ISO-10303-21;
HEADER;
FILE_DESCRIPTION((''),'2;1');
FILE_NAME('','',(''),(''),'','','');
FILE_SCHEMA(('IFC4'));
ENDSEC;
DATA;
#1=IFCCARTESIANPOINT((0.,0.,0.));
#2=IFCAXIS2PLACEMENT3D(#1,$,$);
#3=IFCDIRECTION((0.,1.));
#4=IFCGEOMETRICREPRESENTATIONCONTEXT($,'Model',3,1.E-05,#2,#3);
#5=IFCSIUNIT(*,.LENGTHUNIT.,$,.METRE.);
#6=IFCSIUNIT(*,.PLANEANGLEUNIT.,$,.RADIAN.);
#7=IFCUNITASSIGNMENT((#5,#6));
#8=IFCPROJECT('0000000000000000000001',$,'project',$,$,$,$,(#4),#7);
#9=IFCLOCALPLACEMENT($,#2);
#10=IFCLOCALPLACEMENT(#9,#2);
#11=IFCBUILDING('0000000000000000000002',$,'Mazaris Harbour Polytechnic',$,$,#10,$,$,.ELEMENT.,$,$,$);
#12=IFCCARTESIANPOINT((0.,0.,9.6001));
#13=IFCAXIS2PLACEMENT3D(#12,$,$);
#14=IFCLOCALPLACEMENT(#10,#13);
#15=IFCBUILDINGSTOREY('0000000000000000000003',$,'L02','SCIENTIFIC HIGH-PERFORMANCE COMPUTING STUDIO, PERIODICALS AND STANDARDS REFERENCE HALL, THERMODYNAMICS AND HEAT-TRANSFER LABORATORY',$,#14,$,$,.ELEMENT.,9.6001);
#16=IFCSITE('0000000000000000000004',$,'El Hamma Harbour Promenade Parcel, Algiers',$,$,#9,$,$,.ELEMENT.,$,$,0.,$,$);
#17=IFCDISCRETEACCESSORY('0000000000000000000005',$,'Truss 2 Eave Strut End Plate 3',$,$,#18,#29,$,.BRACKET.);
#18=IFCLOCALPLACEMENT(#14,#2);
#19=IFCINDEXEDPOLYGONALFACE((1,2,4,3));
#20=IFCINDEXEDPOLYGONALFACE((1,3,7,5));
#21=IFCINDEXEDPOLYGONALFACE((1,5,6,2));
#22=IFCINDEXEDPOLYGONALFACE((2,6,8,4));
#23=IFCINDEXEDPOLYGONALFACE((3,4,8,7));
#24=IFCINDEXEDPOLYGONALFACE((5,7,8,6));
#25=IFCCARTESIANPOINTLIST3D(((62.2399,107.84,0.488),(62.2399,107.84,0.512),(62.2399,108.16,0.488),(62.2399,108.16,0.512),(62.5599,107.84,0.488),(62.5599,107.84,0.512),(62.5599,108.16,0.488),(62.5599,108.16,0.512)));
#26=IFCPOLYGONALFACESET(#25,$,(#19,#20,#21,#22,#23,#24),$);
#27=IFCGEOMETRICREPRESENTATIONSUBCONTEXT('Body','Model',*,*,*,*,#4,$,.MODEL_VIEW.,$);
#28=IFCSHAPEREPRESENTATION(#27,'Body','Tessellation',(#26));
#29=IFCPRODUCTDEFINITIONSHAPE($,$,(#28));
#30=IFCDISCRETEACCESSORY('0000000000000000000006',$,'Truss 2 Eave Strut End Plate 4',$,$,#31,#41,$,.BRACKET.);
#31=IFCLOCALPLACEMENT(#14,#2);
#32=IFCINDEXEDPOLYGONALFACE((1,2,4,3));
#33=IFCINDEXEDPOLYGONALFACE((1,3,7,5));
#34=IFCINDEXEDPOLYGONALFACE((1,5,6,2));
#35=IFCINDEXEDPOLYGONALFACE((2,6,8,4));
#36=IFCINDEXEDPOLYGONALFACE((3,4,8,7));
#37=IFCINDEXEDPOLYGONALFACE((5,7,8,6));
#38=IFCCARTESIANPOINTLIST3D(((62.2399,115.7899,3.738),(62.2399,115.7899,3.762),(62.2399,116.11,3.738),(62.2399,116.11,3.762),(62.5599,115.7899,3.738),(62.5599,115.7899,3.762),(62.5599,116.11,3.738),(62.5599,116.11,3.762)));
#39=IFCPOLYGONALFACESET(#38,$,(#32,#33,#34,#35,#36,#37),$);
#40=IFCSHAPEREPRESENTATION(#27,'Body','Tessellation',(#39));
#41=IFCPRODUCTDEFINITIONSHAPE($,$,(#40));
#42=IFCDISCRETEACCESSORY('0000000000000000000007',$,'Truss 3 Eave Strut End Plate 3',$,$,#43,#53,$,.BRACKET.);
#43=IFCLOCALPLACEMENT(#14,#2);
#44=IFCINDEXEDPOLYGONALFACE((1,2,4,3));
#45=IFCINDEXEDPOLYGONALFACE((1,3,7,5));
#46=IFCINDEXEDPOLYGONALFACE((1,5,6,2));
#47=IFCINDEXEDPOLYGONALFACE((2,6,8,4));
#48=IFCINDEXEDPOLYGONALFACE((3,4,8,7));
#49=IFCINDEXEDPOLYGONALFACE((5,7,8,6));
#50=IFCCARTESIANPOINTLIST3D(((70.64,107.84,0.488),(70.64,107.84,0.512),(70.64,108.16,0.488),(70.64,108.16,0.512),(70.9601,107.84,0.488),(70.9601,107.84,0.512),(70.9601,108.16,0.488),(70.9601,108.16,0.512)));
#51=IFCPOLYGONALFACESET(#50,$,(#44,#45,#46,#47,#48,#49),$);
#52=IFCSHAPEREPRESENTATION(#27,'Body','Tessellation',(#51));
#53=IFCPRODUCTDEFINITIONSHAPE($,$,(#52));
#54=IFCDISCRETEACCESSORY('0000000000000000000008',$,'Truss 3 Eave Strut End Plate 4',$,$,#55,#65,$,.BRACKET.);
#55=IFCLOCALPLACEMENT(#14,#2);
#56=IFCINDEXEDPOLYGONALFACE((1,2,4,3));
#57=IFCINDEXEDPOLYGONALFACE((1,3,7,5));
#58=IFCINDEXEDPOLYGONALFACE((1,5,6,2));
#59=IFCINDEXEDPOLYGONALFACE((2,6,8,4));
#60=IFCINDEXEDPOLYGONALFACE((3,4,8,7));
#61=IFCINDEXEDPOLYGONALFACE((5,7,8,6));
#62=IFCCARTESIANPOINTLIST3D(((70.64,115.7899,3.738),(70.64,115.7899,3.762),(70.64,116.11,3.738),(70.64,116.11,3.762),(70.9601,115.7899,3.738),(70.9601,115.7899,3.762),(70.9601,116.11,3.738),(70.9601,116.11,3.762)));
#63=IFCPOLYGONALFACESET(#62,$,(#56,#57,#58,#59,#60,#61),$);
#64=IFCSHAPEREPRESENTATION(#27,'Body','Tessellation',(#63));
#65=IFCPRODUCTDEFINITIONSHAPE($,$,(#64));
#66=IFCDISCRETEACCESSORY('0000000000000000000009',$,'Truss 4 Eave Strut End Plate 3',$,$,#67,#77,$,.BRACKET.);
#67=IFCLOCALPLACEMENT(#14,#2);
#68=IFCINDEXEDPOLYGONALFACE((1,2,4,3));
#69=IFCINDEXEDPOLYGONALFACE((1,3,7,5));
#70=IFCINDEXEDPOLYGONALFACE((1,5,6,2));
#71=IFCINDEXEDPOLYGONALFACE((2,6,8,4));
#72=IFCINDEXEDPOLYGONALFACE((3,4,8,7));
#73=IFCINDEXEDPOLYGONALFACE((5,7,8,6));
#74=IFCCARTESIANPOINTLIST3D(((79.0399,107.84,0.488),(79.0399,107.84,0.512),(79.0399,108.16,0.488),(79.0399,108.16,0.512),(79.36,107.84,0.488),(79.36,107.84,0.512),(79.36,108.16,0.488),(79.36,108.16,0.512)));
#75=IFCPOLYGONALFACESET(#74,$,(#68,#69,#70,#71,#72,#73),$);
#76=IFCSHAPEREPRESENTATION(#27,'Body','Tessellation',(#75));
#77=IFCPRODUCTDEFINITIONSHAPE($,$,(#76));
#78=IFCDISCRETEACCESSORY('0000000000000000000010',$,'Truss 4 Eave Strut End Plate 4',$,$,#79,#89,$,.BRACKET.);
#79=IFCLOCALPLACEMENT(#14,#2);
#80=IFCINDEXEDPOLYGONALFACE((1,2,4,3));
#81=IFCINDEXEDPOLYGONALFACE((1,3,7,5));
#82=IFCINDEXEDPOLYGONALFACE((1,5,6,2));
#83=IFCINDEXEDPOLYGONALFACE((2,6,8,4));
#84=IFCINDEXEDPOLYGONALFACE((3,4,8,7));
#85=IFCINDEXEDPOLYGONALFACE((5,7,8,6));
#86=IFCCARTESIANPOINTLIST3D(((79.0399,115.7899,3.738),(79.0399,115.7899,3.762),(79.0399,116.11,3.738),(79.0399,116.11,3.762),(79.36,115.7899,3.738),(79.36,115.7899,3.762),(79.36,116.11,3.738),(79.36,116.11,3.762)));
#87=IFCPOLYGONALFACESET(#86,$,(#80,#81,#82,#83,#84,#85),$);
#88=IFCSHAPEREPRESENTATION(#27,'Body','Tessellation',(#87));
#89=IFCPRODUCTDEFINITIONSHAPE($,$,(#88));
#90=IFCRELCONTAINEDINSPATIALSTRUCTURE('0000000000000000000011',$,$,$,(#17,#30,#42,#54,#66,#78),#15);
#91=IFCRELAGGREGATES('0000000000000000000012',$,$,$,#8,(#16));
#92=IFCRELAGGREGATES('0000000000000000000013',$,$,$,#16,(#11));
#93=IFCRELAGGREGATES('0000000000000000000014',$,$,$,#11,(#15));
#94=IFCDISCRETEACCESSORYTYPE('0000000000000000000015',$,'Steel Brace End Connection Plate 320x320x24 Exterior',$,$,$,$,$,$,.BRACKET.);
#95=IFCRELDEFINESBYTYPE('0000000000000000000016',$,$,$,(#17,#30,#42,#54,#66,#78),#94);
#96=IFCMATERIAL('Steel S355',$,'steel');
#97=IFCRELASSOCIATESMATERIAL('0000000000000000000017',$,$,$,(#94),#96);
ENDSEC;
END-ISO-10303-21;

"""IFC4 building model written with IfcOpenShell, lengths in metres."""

from ifc_helpers import new_model, si_unit, direction, frame, origin, origin_2d, place, context, subcontext, project, spatial, rectangle, extrude, material, type_object, element, save


model = new_model("IFC4")

# Units and contexts
model_context = context("Model", 3, precision=1e-05, world=origin(), true_north=direction((0.0, 1.0)))
body_context = subcontext(model_context, "Body", "Model", "MODEL_VIEW")
ifc_project = project(units=[si_unit("LENGTHUNIT", "METRE"), si_unit("PLANEANGLEUNIT", "RADIAN")], contexts=[model_context])

# Site, building, storey
site_placement = place(None, origin())
site = spatial("IfcSite", under=ifc_project, at=site_placement, Name="El Hamma Harbour Promenade Parcel, Algiers", CompositionType="ELEMENT", RefElevation=0.0)
building_placement = place(site_placement, origin())
building = spatial("IfcBuilding", under=site, at=building_placement, Name="Mazaris Harbour Polytechnic", CompositionType="ELEMENT")
storey_placement = place(building_placement, frame((0.0, 0.0, 9.6001)))
storey = spatial("IfcBuildingStorey", under=building, at=storey_placement, Name="L02", Description="SCIENTIFIC HIGH-PERFORMANCE COMPUTING STUDIO, PERIODICALS AND STANDARDS REFERENCE HALL, THERMODYNAMICS AND HEAT-TRANSFER LABORATORY", CompositionType="ELEMENT", Elevation=9.6001)

# Discrete accessories
ifc_material_1 = material(Name="Steel S355", Category="steel")
discrete_accessory_type_1 = type_object("IfcDiscreteAccessoryType", Name="Steel Brace End Connection Plate 320x320x24 Exterior", PredefinedType="BRACKET", material=ifc_material_1)
for number, where, z_axis, x_axis, name in (
    (1, (62.3999, 108.0, 0.488), (0.0, 0.0, 1.0), (1.0, 0.0, 0.0), "Truss 2 Eave Strut End Plate 3"),
    (2, (62.3999, 115.95, 3.738), (0.0, 0.0, 1.0), (1.0, 0.0, 0.0), "Truss 2 Eave Strut End Plate 4"),
    (3, (70.8, 108.0, 0.488), (0.0, 0.0, 1.0), (1.0, 0.0, 0.0), "Truss 3 Eave Strut End Plate 3"),
    (4, (70.8, 115.95, 3.738), (0.0, 0.0, 1.0), (1.0, 0.0, 0.0), "Truss 3 Eave Strut End Plate 4"),
    (5, (79.2, 108.0, 0.488), (0.0, 0.0, 1.0), (1.0, 0.0, 0.0), "Truss 4 Eave Strut End Plate 3"),
    (6, (79.2, 115.95, 3.738), (0.0, 0.0, 1.0), (1.0, 0.0, 0.0), "Truss 4 Eave Strut End Plate 4"),
):
    element("IfcDiscreteAccessory", number, at=place(storey_placement, frame(where, z_axis=z_axis, x_axis=x_axis)), inside=storey, type_object=discrete_accessory_type_1, Name=name, PredefinedType="BRACKET", context=body_context, shape_type="SweptSolid", body=[
        extrude(rectangle(XDim=0.3201, YDim=0.3201, at=origin_2d()), origin(), (0.0, 0.0, 1.0), 0.0239),
    ])

save(model, "model.ifc")
